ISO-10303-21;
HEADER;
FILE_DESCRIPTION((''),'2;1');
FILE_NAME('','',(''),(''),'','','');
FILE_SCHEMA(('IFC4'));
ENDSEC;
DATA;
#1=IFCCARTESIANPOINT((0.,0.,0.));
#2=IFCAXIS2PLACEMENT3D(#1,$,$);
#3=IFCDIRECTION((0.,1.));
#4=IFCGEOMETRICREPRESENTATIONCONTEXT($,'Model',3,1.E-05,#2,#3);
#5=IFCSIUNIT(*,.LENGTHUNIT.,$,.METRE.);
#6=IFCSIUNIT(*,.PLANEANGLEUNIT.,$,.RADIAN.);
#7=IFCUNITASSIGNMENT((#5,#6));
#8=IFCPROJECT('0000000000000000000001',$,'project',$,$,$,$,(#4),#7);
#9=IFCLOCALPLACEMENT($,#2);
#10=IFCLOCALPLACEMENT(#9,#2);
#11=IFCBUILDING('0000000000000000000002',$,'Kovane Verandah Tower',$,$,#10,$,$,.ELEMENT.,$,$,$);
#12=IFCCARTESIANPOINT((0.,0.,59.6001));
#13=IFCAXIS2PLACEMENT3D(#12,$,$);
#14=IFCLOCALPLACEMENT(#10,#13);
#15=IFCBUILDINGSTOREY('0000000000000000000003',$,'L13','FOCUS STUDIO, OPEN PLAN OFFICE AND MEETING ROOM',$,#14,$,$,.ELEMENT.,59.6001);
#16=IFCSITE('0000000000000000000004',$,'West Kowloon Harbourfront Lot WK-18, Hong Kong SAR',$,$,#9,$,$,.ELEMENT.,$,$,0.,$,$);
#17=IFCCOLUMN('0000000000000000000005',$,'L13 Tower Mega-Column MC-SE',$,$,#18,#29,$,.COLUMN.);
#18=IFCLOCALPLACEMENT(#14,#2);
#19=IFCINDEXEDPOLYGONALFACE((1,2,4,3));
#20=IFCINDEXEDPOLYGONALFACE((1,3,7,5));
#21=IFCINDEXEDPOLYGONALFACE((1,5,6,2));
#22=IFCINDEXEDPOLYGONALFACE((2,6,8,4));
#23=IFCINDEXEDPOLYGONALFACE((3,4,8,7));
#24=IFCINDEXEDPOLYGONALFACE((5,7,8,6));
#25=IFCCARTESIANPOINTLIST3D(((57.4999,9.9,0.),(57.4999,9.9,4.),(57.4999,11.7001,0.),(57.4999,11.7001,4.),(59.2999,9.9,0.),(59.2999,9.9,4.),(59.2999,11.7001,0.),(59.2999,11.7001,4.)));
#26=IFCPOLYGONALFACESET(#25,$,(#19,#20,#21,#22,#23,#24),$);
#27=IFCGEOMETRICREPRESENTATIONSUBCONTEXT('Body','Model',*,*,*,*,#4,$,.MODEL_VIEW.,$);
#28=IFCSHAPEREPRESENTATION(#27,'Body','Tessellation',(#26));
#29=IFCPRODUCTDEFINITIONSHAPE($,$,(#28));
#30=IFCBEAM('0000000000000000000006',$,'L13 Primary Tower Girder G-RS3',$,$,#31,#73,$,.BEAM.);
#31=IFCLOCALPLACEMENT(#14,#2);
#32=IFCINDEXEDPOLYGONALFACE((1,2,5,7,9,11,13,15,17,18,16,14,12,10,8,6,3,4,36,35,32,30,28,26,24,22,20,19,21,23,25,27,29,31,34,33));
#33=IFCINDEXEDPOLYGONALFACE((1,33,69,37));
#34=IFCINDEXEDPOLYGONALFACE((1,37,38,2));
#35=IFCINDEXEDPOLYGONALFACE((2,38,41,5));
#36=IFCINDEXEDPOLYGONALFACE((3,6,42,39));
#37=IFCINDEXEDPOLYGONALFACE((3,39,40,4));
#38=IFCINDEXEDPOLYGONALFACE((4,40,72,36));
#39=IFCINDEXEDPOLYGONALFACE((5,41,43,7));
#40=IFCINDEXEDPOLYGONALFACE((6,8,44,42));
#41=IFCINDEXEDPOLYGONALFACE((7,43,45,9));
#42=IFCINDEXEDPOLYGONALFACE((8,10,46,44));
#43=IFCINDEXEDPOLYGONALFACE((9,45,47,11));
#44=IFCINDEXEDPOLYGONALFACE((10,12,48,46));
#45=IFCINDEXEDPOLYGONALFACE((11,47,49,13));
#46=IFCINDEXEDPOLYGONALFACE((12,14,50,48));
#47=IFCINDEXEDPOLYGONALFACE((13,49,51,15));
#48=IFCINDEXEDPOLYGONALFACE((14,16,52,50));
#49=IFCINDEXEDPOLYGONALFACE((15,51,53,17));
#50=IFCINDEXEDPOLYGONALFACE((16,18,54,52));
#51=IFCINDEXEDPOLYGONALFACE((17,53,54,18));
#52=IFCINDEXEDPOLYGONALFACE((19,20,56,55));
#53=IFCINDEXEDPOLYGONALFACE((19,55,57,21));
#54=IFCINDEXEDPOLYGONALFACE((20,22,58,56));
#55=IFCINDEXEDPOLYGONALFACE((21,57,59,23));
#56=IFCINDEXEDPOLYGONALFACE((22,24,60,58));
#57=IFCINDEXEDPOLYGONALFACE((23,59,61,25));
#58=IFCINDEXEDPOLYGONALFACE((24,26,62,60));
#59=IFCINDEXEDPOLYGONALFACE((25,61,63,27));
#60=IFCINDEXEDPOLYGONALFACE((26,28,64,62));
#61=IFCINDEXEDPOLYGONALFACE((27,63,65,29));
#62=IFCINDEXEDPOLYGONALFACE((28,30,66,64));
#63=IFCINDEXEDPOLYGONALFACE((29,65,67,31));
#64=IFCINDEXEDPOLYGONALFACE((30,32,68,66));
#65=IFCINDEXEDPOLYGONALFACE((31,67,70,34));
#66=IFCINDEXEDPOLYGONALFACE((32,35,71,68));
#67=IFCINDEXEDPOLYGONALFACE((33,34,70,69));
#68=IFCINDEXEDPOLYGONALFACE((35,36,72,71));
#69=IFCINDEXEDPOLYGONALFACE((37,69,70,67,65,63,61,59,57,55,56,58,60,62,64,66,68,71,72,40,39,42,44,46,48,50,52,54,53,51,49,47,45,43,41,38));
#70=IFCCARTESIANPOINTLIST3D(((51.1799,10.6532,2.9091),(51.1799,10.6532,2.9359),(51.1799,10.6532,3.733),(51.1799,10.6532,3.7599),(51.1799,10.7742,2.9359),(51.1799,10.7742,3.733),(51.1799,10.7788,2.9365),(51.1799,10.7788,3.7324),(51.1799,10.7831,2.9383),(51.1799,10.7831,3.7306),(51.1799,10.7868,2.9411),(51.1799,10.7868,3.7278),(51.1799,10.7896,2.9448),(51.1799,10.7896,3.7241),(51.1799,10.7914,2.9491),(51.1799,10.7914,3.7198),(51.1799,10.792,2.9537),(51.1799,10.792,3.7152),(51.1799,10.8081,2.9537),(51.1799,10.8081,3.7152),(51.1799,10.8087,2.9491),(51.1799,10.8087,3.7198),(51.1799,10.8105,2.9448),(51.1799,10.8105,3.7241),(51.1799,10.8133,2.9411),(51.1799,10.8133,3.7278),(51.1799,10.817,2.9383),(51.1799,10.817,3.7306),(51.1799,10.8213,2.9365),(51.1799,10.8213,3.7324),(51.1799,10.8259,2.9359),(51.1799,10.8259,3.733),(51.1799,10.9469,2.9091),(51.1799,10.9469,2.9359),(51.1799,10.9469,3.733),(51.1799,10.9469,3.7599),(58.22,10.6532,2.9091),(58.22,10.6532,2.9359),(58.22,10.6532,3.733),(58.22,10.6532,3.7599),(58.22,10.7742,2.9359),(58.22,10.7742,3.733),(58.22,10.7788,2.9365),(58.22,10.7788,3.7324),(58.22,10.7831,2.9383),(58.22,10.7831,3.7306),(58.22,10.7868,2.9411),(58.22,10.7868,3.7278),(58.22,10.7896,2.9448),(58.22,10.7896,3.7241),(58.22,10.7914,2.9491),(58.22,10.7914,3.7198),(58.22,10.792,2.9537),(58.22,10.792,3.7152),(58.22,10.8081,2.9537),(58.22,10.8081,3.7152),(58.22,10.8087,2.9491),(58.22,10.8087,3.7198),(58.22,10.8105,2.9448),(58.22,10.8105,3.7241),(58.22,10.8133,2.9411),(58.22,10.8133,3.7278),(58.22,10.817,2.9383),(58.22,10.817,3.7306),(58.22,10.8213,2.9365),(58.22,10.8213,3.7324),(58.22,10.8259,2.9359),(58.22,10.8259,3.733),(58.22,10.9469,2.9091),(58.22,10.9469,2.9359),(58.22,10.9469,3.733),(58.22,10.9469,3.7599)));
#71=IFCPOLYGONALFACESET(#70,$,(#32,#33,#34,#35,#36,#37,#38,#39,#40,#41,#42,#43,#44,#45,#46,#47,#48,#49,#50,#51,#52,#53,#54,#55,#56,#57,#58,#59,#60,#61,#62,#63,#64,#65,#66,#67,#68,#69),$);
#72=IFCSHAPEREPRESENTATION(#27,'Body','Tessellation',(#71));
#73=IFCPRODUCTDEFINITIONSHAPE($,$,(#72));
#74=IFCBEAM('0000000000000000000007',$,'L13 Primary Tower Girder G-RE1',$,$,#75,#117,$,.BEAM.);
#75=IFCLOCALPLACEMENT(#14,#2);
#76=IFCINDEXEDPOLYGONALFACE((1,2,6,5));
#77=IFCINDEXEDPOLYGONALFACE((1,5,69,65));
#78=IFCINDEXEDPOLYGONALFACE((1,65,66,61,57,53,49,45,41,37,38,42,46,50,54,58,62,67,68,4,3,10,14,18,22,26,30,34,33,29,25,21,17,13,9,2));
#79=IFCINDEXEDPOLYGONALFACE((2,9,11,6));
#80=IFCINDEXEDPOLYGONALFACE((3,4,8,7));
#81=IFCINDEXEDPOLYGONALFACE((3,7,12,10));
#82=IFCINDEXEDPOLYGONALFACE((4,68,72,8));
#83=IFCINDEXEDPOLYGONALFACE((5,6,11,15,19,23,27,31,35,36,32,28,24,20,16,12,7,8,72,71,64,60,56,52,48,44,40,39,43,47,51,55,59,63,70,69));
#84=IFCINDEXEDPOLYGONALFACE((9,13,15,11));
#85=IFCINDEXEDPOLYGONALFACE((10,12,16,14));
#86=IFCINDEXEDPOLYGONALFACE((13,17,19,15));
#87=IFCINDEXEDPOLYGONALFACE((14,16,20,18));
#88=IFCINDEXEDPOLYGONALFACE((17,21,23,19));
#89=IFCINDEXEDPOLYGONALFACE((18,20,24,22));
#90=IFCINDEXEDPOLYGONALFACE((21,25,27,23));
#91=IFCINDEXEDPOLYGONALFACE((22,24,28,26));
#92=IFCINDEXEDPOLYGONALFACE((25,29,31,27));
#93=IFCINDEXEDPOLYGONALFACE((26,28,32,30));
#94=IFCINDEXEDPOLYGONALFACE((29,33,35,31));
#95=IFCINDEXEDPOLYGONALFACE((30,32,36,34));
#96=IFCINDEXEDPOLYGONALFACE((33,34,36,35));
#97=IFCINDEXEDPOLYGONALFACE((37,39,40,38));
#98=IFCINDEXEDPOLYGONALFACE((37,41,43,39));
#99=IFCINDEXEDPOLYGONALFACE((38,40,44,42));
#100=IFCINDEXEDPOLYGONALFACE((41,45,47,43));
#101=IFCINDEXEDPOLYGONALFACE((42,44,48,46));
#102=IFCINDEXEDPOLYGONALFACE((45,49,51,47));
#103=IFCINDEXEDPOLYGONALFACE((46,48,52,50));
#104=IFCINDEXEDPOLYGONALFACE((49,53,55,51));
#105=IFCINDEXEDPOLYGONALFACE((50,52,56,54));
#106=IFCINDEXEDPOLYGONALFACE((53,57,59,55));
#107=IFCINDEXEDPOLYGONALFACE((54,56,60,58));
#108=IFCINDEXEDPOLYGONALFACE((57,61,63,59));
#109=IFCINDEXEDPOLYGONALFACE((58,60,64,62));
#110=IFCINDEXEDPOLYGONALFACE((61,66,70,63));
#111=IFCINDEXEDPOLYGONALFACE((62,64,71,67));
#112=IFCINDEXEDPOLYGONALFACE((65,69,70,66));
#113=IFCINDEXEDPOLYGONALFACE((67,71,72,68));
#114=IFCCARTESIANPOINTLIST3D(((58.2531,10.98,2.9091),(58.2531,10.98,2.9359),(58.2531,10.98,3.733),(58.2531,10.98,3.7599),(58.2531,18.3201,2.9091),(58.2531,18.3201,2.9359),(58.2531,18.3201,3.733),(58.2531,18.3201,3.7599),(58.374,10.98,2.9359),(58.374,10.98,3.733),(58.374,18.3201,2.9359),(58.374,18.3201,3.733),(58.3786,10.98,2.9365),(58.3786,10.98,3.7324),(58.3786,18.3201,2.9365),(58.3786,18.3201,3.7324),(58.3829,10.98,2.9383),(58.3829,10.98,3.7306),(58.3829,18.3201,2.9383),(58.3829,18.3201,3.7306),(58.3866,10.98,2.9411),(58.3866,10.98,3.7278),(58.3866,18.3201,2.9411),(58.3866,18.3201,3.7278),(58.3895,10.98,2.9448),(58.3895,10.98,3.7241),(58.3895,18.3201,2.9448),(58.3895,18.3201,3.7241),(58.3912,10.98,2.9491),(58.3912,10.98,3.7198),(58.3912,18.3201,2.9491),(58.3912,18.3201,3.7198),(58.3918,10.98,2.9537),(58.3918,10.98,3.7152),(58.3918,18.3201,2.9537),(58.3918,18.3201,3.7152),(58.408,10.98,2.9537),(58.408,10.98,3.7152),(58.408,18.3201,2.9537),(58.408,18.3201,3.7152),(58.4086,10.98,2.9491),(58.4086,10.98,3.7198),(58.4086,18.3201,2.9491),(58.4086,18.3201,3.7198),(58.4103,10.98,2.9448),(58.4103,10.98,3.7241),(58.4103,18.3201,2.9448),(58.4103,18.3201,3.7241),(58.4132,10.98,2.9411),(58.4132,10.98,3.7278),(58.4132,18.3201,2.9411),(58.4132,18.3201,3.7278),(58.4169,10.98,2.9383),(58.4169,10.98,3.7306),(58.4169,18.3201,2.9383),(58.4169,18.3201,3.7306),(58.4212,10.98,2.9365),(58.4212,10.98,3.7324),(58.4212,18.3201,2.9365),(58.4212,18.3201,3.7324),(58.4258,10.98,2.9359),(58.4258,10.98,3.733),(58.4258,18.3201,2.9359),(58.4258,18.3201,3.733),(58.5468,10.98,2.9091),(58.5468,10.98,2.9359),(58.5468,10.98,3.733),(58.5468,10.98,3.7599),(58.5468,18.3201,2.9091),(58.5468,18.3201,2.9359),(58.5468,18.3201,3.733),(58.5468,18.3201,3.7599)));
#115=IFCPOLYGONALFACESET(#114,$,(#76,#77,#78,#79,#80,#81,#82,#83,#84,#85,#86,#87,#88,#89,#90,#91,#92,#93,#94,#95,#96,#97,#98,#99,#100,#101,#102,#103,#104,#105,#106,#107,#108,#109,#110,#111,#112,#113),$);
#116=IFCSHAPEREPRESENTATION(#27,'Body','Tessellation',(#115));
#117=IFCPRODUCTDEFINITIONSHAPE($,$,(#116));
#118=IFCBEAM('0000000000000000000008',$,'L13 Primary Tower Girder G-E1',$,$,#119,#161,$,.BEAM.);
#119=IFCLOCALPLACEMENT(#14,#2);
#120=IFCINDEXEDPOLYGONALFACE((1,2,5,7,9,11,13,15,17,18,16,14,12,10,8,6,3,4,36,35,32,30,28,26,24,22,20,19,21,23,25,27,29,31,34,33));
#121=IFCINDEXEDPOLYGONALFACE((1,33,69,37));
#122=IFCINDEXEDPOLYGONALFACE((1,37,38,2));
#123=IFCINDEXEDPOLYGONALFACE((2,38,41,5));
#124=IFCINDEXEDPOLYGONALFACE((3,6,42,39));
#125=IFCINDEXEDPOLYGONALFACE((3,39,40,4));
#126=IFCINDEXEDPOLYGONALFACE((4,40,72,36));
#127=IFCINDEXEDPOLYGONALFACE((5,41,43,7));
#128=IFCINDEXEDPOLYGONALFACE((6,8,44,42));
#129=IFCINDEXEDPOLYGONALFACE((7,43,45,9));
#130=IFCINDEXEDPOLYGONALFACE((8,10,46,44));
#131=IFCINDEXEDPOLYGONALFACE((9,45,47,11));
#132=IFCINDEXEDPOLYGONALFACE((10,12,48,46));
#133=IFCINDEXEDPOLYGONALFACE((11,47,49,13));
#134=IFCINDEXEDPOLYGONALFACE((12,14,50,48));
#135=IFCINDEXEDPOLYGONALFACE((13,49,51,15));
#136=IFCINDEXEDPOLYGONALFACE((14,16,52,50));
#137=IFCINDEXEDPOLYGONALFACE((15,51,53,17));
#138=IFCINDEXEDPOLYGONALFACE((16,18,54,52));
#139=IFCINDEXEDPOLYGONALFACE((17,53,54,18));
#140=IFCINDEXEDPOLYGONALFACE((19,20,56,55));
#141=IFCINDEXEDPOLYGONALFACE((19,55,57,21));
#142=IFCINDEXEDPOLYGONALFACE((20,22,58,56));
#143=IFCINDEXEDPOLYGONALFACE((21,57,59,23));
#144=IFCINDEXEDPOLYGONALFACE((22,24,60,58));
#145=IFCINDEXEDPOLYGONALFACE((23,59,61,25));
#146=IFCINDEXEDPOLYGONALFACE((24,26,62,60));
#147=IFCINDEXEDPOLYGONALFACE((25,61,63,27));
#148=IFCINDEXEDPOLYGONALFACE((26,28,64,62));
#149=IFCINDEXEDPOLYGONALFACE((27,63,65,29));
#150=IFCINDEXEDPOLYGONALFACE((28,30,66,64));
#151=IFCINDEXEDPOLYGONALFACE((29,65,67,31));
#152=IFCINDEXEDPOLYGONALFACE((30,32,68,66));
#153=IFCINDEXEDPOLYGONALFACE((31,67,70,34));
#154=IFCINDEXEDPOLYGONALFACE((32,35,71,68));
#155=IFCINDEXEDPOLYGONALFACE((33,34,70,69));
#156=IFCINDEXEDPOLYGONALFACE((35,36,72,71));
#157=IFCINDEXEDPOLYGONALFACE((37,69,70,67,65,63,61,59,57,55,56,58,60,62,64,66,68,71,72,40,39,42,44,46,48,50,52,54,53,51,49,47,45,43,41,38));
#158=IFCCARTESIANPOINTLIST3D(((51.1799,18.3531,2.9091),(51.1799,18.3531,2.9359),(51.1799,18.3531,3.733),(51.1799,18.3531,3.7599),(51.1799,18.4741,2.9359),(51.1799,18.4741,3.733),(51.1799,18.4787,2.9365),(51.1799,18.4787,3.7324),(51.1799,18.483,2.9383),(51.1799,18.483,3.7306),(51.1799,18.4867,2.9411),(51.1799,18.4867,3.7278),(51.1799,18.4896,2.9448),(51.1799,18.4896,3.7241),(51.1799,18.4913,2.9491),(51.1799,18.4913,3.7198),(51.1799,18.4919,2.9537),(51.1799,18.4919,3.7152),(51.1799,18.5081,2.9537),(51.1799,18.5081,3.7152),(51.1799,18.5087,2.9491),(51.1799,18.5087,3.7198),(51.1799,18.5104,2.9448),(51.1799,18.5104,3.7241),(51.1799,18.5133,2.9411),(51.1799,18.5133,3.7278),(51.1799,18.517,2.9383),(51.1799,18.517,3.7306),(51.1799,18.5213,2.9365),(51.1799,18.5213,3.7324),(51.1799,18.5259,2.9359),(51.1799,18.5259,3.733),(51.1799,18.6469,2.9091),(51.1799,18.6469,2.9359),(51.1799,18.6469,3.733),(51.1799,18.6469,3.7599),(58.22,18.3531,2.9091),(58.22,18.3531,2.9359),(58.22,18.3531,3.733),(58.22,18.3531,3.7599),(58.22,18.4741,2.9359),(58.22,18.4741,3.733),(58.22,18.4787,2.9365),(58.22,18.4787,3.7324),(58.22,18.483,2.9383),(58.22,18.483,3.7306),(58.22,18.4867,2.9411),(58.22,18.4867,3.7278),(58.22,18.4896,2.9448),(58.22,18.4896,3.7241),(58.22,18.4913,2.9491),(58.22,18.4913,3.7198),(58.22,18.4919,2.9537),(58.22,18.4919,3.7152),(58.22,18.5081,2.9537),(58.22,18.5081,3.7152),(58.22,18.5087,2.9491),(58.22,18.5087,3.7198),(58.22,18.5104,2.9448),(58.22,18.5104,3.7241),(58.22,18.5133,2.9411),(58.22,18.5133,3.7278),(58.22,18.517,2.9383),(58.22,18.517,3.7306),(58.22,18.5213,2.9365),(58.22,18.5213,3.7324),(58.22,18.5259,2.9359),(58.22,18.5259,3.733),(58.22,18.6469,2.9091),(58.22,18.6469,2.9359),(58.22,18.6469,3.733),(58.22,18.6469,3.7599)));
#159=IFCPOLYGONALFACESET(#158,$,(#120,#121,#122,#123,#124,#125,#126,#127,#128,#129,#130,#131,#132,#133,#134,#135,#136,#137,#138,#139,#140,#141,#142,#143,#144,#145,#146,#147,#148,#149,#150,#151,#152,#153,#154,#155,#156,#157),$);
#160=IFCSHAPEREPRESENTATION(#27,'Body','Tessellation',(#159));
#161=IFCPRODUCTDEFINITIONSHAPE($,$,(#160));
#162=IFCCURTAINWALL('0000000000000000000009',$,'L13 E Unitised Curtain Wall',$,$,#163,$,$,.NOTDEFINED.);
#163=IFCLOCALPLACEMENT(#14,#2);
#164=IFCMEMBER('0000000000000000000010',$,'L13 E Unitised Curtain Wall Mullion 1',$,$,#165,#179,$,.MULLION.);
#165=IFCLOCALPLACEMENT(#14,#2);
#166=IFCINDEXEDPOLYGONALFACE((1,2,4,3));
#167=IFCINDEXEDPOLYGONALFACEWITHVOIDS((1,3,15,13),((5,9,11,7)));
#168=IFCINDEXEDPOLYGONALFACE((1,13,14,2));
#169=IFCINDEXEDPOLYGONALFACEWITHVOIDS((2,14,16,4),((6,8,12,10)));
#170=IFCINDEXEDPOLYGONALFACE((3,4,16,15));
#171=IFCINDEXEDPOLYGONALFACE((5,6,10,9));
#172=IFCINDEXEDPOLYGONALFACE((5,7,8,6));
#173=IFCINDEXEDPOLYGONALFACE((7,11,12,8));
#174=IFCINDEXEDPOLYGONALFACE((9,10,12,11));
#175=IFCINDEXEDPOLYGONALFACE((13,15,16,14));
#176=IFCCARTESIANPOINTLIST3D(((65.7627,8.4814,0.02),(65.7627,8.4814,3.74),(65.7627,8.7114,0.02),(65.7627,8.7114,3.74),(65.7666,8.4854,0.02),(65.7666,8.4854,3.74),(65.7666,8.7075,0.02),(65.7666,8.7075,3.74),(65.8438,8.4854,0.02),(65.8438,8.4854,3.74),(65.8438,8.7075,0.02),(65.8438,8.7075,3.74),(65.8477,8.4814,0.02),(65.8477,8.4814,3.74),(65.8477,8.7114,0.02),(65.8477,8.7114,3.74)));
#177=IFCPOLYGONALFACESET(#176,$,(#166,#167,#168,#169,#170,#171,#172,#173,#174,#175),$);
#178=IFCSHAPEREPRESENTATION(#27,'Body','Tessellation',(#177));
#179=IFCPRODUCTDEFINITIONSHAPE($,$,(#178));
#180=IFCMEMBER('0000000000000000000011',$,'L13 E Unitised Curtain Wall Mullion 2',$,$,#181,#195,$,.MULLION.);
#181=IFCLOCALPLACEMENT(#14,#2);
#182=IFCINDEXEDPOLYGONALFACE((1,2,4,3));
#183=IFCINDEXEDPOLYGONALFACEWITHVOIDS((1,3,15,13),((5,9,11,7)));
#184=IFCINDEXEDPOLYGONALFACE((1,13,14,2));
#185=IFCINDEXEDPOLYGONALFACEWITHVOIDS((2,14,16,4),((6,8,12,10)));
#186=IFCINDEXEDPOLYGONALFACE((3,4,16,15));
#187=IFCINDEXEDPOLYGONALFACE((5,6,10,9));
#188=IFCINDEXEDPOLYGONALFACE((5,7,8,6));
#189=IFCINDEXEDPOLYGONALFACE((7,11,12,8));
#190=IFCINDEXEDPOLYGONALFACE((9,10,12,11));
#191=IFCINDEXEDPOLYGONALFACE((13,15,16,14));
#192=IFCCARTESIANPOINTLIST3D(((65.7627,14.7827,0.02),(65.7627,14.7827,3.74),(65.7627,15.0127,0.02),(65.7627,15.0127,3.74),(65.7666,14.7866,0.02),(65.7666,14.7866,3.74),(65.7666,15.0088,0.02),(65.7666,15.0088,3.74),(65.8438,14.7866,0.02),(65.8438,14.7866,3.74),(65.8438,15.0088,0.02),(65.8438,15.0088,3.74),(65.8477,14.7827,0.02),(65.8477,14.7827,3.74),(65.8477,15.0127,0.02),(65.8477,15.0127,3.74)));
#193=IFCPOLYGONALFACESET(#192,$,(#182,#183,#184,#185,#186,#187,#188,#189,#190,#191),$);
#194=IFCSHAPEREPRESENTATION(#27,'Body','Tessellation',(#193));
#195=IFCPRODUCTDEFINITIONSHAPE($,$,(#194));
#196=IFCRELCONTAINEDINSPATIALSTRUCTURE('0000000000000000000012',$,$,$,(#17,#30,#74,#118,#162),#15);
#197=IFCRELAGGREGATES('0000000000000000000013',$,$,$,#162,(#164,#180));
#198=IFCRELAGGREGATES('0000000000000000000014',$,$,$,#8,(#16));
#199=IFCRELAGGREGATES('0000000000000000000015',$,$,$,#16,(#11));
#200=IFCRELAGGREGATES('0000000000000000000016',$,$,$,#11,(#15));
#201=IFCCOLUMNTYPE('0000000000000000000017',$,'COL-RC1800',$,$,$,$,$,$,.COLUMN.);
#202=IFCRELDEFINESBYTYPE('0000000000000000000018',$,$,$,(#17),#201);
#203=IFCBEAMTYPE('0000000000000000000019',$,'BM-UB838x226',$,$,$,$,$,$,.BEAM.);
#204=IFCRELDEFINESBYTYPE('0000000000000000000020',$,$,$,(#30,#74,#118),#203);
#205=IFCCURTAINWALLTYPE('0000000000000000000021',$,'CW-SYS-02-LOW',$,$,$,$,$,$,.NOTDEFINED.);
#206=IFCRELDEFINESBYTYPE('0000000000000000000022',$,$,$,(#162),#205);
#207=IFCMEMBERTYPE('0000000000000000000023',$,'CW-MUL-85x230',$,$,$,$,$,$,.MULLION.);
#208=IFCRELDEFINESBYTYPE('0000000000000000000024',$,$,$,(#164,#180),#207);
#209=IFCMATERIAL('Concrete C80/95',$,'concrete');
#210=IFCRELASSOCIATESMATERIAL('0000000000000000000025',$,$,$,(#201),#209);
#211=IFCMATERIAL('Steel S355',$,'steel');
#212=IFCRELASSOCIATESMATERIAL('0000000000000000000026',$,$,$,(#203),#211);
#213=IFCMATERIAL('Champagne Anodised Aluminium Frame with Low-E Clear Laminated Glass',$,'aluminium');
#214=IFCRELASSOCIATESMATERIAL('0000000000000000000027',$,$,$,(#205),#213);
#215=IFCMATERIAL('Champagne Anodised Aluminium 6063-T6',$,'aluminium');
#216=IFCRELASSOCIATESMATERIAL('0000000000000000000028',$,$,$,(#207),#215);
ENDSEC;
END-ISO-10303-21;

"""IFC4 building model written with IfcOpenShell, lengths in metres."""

from ifc_helpers import new_model, si_unit, direction, frame, origin, origin_2d, place, context, subcontext, project, spatial, rectangle, hollow_rectangle, i_section, extrude, material, material_profile, profile_set, type_object, element, aggregate, save


model = new_model("IFC4")

# Units and contexts
model_context = context("Model", 3, precision=1e-05, world=origin(), true_north=direction((0.0, 1.0)))
body_context = subcontext(model_context, "Body", "Model", "MODEL_VIEW")
ifc_project = project(units=[si_unit("LENGTHUNIT", "METRE"), si_unit("PLANEANGLEUNIT", "RADIAN")], contexts=[model_context])

# Site, building, storey
site_placement = place(None, origin())
site = spatial("IfcSite", under=ifc_project, at=site_placement, Name="West Kowloon Harbourfront Lot WK-18, Hong Kong SAR", CompositionType="ELEMENT", RefElevation=0.0)
building_placement = place(site_placement, origin())
building = spatial("IfcBuilding", under=site, at=building_placement, Name="Kovane Verandah Tower", CompositionType="ELEMENT")
storey_placement = place(building_placement, frame((0.0, 0.0, 59.6001)))
storey = spatial("IfcBuildingStorey", under=building, at=storey_placement, Name="L13", Description="FOCUS STUDIO, OPEN PLAN OFFICE AND MEETING ROOM", CompositionType="ELEMENT", Elevation=59.6001)

# Column
ifc_material_1 = material(Name="Concrete C80/95", Category="concrete")
ifc_material_profile_1 = material_profile(ifc_material_1, rectangle(XDim=1.8, YDim=1.8, at=origin_2d()), Name="RC1800x1800")
ifc_profile_set_1 = profile_set([ifc_material_profile_1], Name="Concrete C80/95")
column_type = type_object("IfcColumnType", Name="COL-RC1800", PredefinedType="COLUMN", material=ifc_profile_set_1)
column_placement = place(storey_placement, frame((58.3999, 10.8, 0.0), z_axis=(0.0, 0.0, 1.0), x_axis=(1.0, 0.0, 0.0)))
element("IfcColumn", 1, at=column_placement, inside=storey, type_object=column_type, Name="L13 Tower Mega-Column MC-SE", PredefinedType="COLUMN", context=body_context, shape_type="SweptSolid", body=[
    extrude(rectangle(XDim=1.8, YDim=1.8, at=origin_2d()), origin(), (0.0, 0.0, 1.0), 4.0),
])

# Beams
ifc_material_2 = material(Name="Steel S355", Category="steel")
ifc_material_profile_2 = material_profile(ifc_material_2, i_section(OverallWidth=0.2937, OverallDepth=0.8508, WebThickness=0.0161, FlangeThickness=0.0269, FilletRadius=0.0178, at=origin_2d()), Name="UB838x292x226")
ifc_profile_set_2 = profile_set([ifc_material_profile_2], Name="Steel S355")
beam_type_1 = type_object("IfcBeamType", Name="BM-UB838x226", PredefinedType="BEAM", material=ifc_profile_set_2)
beam_1_placement = place(storey_placement, frame((51.1799, 10.8, 3.3345), z_axis=(1.0, 0.0, 0.0), x_axis=(0.0, 1.0, 0.0)))
element("IfcBeam", 2, at=beam_1_placement, inside=storey, type_object=beam_type_1, Name="L13 Primary Tower Girder G-RS3", PredefinedType="BEAM", context=body_context, shape_type="SweptSolid", body=[
    extrude(i_section(OverallWidth=0.2937, OverallDepth=0.8508, WebThickness=0.0161, FlangeThickness=0.0269, FilletRadius=0.0178, at=origin_2d()), origin(), (0.0, 0.0, 1.0), 7.04),
])
beam_2_placement = place(storey_placement, frame((58.3999, 10.98, 3.3345), z_axis=(0.0, 1.0, 0.0), x_axis=(-1.0, 0.0, 0.0)))
element("IfcBeam", 3, at=beam_2_placement, inside=storey, type_object=beam_type_1, Name="L13 Primary Tower Girder G-RE1", PredefinedType="BEAM", context=body_context, shape_type="SweptSolid", body=[
    extrude(i_section(OverallWidth=0.2937, OverallDepth=0.8508, WebThickness=0.0161, FlangeThickness=0.0269, FilletRadius=0.0178, at=origin_2d()), origin(), (0.0, 0.0, 1.0), 7.3401),
])
beam_3_placement = place(storey_placement, frame((51.1799, 18.5, 3.3345), z_axis=(1.0, 0.0, 0.0), x_axis=(0.0, 1.0, 0.0)))
element("IfcBeam", 4, at=beam_3_placement, inside=storey, type_object=beam_type_1, Name="L13 Primary Tower Girder G-E1", PredefinedType="BEAM", context=body_context, shape_type="SweptSolid", body=[
    extrude(i_section(OverallWidth=0.2937, OverallDepth=0.8508, WebThickness=0.0161, FlangeThickness=0.0269, FilletRadius=0.0178, at=origin_2d()), origin(), (0.0, 0.0, 1.0), 7.04),
])

# Curtain wall, members
ifc_material_3 = material(Name="Champagne Anodised Aluminium Frame with Low-E Clear Laminated Glass", Category="aluminium")
curtain_wall_type = type_object("IfcCurtainWallType", Name="CW-SYS-02-LOW", PredefinedType="NOTDEFINED", material=ifc_material_3)
curtain_wall_placement = place(storey_placement, origin())
curtain_wall = element("IfcCurtainWall", 5, at=curtain_wall_placement, inside=storey, type_object=curtain_wall_type, Name="L13 E Unitised Curtain Wall", PredefinedType="NOTDEFINED")
ifc_material_4 = material(Name="Champagne Anodised Aluminium 6063-T6", Category="aluminium")
ifc_material_profile_3 = material_profile(ifc_material_4, hollow_rectangle(XDim=0.085, YDim=0.23, WallThickness=0.0039, at=origin_2d()), Name="AL85x230x4")
ifc_profile_set_3 = profile_set([ifc_material_profile_3], Name="Champagne Anodised Aluminium 6063-T6")
member_type_1 = type_object("IfcMemberType", Name="CW-MUL-85x230", PredefinedType="MULLION", material=ifc_profile_set_3)
member_1_placement = place(storey_placement, frame((65.8052, 8.5964, 0.02), z_axis=(0.0, 0.0, 1.0), x_axis=(1.0, 0.0, 0.0)))
member_1 = element("IfcMember", 6, at=member_1_placement, type_object=member_type_1, Name="L13 E Unitised Curtain Wall Mullion 1", PredefinedType="MULLION", context=body_context, shape_type="SweptSolid", body=[
    extrude(hollow_rectangle(XDim=0.085, YDim=0.23, WallThickness=0.0039, at=origin_2d()), origin(), (0.0, 0.0, 1.0), 3.72),
])
member_2_placement = place(storey_placement, frame((65.8052, 14.8977, 0.02), z_axis=(0.0, 0.0, 1.0), x_axis=(1.0, 0.0, 0.0)))
member_2 = element("IfcMember", 7, at=member_2_placement, type_object=member_type_1, Name="L13 E Unitised Curtain Wall Mullion 2", PredefinedType="MULLION", context=body_context, shape_type="SweptSolid", body=[
    extrude(hollow_rectangle(XDim=0.085, YDim=0.23, WallThickness=0.0039, at=origin_2d()), origin(), (0.0, 0.0, 1.0), 3.72),
])

aggregate(curtain_wall, [member_1, member_2])

save(model, "model.ifc")
